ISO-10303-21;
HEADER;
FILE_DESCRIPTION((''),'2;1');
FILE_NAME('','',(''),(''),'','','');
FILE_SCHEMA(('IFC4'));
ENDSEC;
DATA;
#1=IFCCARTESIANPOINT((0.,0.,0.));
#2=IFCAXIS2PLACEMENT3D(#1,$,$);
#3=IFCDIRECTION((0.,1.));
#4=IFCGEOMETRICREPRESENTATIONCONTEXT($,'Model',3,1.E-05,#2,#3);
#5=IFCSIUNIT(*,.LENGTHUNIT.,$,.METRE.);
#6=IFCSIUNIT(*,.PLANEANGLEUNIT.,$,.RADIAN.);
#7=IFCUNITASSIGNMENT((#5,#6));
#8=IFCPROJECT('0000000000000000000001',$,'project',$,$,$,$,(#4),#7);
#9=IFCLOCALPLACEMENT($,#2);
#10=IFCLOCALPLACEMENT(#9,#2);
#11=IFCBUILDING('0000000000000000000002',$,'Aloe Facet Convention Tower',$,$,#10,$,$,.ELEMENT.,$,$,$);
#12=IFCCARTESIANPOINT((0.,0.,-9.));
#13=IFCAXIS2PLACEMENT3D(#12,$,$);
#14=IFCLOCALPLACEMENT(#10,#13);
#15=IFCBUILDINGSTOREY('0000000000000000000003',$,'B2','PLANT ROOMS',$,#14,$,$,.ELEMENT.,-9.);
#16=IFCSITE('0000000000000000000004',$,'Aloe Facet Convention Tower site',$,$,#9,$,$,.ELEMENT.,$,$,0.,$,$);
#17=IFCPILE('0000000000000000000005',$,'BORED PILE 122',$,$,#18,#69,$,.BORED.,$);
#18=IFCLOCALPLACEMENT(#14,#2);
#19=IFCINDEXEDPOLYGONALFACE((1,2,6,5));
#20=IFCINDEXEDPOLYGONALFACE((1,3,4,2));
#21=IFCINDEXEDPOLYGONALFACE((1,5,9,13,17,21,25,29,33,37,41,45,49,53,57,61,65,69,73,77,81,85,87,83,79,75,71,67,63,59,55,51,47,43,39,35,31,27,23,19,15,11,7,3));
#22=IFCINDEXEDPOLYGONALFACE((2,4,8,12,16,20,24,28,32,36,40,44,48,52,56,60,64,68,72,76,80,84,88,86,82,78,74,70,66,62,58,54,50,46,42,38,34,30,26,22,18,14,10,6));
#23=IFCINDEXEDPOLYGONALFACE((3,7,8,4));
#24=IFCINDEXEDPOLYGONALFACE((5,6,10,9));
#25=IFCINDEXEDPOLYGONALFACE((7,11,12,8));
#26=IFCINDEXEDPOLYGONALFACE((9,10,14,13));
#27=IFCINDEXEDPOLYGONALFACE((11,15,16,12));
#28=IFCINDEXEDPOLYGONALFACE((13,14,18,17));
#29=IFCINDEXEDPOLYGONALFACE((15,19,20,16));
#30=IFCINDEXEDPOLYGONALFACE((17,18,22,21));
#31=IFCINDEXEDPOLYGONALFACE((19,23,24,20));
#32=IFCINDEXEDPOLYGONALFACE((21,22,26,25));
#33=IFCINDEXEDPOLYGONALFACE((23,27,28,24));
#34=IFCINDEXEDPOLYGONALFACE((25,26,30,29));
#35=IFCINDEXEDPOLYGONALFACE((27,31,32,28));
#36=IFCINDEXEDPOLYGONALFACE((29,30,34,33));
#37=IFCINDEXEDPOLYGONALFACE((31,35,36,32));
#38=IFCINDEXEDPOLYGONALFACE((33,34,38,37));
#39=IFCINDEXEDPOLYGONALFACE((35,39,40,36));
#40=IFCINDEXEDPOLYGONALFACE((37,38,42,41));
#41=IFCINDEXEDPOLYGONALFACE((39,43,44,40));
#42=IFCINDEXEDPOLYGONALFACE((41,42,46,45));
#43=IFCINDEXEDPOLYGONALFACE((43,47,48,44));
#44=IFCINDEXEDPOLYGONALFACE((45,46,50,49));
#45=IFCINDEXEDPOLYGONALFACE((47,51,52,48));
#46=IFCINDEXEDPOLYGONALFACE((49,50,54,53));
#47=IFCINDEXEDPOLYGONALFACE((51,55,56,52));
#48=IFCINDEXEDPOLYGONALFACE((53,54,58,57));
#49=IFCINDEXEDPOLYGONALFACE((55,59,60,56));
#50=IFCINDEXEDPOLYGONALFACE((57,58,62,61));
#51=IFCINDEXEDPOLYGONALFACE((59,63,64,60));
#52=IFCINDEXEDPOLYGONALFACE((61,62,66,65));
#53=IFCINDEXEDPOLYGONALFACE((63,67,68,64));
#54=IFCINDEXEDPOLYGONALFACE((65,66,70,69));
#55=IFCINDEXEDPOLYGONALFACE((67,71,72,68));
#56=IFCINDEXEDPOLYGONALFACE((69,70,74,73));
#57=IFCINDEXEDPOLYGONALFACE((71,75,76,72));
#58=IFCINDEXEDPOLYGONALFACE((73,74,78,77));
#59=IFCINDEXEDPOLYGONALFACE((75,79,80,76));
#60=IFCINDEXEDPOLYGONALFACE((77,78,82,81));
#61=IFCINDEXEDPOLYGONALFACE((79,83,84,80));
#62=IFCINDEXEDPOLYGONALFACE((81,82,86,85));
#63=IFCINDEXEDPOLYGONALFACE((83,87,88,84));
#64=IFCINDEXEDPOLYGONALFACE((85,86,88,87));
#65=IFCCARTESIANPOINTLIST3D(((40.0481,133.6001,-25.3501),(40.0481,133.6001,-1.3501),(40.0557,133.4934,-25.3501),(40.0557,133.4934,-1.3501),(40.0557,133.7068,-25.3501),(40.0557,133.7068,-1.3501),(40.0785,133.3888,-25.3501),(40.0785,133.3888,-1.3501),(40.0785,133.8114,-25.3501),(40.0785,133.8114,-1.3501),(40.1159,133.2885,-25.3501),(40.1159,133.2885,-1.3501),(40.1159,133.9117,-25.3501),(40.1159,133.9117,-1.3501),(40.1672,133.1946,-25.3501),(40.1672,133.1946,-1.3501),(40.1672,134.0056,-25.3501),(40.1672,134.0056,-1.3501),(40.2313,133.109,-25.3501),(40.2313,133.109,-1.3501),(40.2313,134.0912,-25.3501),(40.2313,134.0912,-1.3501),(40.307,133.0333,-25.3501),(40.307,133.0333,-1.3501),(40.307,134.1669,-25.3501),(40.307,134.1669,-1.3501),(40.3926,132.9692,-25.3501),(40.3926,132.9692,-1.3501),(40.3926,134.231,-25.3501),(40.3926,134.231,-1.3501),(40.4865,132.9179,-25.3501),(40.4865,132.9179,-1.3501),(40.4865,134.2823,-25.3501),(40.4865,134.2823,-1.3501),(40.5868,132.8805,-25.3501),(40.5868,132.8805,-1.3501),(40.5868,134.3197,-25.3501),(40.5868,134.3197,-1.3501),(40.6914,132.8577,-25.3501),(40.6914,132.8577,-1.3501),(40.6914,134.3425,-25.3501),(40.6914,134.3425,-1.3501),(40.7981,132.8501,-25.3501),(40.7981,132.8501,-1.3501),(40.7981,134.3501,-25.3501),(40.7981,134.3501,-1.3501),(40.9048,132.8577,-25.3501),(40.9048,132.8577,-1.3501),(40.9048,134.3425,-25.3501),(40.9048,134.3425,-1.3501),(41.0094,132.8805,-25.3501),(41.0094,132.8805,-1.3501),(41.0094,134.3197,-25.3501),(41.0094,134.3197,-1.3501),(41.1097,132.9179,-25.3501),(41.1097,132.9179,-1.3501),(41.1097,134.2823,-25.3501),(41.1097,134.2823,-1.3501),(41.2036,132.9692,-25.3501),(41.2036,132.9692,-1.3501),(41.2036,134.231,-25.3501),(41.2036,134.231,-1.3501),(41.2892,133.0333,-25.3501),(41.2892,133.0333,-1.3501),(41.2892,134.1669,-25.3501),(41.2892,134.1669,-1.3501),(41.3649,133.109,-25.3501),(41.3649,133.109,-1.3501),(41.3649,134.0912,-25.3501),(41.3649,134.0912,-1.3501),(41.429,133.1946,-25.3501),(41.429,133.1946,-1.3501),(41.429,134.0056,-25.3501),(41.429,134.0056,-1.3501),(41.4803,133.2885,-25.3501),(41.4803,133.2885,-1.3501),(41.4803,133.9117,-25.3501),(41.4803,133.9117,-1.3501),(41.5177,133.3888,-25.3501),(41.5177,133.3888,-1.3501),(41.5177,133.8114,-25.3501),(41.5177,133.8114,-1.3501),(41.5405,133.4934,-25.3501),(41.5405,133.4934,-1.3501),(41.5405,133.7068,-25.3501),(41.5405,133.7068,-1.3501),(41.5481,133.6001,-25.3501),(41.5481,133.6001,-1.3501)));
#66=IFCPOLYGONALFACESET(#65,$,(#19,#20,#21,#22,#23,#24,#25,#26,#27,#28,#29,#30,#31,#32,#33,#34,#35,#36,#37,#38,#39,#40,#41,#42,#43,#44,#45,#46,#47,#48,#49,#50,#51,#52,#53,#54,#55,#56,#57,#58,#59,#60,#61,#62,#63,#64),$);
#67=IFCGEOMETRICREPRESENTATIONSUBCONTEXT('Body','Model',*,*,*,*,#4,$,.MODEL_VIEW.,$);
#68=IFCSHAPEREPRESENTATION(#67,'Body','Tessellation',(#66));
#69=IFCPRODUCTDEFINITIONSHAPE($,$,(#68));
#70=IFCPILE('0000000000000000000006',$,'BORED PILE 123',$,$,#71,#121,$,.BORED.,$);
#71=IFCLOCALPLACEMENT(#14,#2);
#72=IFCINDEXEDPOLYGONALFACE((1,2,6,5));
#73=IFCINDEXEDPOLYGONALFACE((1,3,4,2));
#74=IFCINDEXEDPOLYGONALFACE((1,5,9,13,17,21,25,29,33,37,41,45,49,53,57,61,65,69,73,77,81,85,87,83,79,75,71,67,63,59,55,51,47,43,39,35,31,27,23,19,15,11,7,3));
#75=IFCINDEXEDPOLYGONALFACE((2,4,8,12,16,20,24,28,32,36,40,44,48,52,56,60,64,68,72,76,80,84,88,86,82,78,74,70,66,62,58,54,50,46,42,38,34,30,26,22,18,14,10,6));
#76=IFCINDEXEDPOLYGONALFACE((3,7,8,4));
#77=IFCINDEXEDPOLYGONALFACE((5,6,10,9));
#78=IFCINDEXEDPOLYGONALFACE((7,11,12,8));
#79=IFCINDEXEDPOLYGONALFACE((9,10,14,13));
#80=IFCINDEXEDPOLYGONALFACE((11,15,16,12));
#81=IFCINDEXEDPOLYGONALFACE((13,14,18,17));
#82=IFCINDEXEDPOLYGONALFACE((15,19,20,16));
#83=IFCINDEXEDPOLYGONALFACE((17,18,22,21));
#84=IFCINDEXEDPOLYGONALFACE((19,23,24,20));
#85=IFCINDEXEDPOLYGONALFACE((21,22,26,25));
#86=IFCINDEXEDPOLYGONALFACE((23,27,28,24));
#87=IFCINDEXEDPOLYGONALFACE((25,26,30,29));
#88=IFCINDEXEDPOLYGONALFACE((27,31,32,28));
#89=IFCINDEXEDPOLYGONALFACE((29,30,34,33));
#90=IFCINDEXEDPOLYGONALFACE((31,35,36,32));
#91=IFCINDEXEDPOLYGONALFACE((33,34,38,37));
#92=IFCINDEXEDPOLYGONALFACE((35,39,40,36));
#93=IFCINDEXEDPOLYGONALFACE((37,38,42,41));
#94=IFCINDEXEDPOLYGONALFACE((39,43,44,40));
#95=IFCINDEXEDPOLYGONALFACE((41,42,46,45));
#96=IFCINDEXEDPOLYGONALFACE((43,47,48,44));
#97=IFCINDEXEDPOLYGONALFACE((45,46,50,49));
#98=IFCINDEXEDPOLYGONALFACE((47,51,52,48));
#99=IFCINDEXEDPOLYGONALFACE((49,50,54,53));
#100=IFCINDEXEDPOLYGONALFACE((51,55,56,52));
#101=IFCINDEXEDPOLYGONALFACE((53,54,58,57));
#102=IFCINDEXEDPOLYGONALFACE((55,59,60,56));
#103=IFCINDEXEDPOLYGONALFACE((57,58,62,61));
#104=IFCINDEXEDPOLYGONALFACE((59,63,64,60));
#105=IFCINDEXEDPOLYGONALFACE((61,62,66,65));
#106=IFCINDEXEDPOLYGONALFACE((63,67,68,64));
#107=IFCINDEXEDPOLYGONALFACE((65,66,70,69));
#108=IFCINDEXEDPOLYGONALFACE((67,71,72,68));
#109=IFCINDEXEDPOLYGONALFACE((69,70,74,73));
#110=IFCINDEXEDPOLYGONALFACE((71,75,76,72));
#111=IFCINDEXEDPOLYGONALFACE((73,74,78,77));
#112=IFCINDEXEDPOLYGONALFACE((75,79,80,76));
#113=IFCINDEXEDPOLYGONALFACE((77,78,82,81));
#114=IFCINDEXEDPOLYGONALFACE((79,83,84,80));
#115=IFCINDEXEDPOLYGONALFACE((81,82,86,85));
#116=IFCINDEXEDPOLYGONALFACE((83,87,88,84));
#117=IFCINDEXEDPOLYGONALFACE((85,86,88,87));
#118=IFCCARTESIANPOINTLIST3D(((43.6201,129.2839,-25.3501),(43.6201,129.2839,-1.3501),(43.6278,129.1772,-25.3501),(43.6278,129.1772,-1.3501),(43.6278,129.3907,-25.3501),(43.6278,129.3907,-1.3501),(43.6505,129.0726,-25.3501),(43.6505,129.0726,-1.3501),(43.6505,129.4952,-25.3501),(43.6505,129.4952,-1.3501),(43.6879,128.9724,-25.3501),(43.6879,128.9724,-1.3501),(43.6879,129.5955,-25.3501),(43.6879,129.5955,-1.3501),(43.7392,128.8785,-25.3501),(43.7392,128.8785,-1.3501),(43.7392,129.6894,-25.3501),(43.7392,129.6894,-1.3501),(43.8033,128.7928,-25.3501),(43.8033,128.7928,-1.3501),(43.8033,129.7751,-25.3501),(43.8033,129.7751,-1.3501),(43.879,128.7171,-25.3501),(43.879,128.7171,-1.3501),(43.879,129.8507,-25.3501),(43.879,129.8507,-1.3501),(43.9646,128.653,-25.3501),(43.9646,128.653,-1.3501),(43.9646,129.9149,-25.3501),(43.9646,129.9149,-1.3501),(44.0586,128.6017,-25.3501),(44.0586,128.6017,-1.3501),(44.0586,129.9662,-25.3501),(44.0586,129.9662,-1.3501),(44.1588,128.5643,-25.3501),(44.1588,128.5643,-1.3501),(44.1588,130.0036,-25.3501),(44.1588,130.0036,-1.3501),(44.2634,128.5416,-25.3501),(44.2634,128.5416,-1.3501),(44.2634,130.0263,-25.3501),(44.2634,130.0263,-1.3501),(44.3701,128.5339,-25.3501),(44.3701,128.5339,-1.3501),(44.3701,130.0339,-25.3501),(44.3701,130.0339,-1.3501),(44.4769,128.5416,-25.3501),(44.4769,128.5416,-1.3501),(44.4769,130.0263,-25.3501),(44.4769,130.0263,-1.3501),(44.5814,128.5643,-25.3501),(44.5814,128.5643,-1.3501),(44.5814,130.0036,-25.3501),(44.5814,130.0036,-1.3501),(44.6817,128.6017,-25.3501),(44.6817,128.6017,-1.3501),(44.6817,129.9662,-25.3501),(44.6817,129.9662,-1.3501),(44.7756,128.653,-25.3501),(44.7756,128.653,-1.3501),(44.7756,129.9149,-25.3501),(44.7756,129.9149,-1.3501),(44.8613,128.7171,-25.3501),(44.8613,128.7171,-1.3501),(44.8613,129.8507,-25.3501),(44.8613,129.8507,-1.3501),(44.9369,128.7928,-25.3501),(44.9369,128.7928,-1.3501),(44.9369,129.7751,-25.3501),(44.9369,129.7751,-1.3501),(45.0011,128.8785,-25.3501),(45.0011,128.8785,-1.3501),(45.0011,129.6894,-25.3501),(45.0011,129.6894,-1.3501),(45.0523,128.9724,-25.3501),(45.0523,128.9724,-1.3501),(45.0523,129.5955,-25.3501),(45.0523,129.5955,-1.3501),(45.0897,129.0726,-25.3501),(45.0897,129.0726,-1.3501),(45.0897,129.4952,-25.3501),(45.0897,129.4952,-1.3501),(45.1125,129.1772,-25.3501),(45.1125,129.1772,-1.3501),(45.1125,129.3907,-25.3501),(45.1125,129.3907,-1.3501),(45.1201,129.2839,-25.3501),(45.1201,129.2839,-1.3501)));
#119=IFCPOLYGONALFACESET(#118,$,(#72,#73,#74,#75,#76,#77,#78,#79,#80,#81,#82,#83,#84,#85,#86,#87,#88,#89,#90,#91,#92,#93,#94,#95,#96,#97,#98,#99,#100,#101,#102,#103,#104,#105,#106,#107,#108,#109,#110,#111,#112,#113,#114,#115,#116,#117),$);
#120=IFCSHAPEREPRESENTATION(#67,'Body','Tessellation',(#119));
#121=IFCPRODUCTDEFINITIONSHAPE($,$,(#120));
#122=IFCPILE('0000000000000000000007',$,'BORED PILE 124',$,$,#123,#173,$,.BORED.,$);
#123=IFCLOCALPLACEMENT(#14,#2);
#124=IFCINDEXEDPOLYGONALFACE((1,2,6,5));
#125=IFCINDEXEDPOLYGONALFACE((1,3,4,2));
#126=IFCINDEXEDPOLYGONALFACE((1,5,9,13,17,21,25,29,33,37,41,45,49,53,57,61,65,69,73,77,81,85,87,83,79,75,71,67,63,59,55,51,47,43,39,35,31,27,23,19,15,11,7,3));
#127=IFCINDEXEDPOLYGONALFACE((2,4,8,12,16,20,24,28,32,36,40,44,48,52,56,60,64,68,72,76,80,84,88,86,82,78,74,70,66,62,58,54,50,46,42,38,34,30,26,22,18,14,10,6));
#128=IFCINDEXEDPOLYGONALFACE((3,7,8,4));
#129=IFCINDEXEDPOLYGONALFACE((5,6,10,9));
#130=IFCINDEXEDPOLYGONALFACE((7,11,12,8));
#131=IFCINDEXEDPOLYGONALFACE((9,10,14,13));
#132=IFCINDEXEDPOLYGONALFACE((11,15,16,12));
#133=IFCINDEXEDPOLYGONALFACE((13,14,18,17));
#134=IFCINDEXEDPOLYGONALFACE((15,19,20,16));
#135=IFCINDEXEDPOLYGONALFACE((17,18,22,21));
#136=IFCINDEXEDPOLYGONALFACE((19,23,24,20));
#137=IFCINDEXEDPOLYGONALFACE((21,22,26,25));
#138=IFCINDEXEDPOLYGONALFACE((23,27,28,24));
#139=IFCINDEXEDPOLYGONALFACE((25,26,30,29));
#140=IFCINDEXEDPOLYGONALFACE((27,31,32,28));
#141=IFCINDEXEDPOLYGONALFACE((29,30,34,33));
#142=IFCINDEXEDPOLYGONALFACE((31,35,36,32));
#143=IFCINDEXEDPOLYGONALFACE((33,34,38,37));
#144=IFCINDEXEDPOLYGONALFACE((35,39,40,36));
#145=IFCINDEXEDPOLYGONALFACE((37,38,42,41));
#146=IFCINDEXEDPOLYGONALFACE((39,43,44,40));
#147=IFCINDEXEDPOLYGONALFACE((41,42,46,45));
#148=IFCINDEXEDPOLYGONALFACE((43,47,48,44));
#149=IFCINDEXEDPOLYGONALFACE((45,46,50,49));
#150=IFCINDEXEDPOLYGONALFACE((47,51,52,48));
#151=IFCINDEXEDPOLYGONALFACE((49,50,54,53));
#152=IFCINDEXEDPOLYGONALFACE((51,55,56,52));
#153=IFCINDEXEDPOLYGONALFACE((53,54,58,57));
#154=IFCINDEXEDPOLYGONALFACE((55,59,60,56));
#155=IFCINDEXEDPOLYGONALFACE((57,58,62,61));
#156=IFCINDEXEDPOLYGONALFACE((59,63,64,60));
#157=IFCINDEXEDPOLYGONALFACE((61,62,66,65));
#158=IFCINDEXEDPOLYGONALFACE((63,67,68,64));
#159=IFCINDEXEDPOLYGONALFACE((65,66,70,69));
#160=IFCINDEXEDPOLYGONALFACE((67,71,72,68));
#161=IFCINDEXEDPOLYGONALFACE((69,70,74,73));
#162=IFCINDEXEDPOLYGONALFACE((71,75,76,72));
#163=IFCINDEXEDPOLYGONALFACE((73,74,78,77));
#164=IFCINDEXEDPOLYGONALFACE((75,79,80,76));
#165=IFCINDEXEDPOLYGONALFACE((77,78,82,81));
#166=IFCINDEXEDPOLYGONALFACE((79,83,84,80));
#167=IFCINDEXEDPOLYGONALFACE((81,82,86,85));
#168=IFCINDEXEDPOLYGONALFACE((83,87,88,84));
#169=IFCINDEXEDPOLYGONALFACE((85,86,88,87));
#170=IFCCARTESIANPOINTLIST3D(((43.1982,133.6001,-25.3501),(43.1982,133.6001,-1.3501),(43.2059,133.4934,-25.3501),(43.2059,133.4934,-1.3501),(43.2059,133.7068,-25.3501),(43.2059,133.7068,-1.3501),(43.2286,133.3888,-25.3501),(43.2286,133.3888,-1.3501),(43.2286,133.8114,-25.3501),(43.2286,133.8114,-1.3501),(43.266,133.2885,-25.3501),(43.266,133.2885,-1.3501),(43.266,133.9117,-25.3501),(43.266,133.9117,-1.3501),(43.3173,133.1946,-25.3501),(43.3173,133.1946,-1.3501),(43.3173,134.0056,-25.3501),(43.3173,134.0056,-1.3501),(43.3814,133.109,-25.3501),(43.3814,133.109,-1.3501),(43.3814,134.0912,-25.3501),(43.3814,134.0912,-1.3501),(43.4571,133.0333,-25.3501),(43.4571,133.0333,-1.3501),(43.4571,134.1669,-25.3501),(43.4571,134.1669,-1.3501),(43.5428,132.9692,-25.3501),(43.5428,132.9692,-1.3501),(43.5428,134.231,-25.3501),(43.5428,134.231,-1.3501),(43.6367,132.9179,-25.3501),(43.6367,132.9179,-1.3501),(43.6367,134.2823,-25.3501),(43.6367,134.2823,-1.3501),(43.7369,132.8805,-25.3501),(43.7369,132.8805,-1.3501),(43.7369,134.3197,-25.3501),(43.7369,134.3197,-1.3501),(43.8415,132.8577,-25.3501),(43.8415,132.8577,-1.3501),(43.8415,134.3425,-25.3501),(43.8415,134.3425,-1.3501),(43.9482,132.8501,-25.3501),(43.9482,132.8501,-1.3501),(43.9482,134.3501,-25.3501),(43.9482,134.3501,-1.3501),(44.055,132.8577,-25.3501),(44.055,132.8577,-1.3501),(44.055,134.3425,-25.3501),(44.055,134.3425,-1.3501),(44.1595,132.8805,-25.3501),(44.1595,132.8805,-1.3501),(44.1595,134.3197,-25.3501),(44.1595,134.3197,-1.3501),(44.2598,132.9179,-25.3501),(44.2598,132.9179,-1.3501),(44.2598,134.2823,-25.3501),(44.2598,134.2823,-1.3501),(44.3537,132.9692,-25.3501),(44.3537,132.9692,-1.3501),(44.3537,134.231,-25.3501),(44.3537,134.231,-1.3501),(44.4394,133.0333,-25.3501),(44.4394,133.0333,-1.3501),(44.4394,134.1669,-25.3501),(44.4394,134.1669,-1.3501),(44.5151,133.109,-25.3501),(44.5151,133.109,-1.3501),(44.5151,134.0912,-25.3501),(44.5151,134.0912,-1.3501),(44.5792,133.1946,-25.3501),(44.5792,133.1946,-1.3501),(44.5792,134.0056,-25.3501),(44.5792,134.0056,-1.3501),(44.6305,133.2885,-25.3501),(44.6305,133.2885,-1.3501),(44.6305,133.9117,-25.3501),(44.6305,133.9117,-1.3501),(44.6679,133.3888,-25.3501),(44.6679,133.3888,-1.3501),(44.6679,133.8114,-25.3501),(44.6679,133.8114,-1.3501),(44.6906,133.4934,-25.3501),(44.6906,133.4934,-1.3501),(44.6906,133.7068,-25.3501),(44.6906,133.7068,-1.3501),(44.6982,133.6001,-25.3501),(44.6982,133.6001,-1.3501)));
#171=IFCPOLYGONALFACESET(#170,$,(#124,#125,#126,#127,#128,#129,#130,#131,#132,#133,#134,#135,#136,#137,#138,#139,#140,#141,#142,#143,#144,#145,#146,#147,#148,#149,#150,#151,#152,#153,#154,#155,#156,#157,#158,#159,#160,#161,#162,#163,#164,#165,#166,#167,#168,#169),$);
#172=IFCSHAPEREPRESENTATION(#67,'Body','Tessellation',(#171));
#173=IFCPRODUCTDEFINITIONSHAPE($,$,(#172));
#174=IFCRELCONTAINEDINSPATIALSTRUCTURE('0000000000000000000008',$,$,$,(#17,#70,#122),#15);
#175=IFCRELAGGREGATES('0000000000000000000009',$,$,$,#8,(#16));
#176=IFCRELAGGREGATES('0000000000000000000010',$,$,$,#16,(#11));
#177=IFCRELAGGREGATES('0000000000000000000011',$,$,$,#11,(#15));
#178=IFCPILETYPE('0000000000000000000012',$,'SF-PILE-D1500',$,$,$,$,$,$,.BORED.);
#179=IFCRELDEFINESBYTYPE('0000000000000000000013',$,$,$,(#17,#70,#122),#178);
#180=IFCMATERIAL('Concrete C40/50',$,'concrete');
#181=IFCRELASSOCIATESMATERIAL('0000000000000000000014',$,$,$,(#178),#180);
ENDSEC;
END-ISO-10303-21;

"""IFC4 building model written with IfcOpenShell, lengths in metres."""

from ifc_helpers import new_model, si_unit, direction, frame, origin, origin_2d, place, context, subcontext, project, spatial, circle, extrude, material, material_profile, profile_set, type_object, element, save


model = new_model("IFC4")

# Units and contexts
model_context = context("Model", 3, precision=1e-05, world=origin(), true_north=direction((0.0, 1.0)))
body_context = subcontext(model_context, "Body", "Model", "MODEL_VIEW")
ifc_project = project(units=[si_unit("LENGTHUNIT", "METRE"), si_unit("PLANEANGLEUNIT", "RADIAN")], contexts=[model_context])

# Site, building, storey
site_placement = place(None, origin())
site = spatial("IfcSite", under=ifc_project, at=site_placement, Name="Aloe Facet Convention Tower site", CompositionType="ELEMENT", RefElevation=0.0)
building_placement = place(site_placement, origin())
building = spatial("IfcBuilding", under=site, at=building_placement, Name="Aloe Facet Convention Tower", CompositionType="ELEMENT")
storey_placement = place(building_placement, frame((0.0, 0.0, -9.0)))
storey = spatial("IfcBuildingStorey", under=building, at=storey_placement, Name="B2", Description="PLANT ROOMS", CompositionType="ELEMENT", Elevation=-9.0)

# Piles
ifc_material_1 = material(Name="Concrete C40/50", Category="concrete")
ifc_material_profile_1 = material_profile(ifc_material_1, circle(Radius=0.75, at=origin_2d()), Name="D1500")
ifc_profile_set_1 = profile_set([ifc_material_profile_1], Name="Concrete C40/50")
pile_type = type_object("IfcPileType", Name="SF-PILE-D1500", PredefinedType="BORED", material=ifc_profile_set_1)
for number, where, z_axis, x_axis, name in (
    (1, (40.7981, 133.6001, -1.3501), (0.0, 0.0, -1.0), (1.0, 0.0, 0.0), "BORED PILE 122"),
    (2, (44.3701, 129.2839, -1.3501), (0.0, 0.0, -1.0), (1.0, 0.0, 0.0), "BORED PILE 123"),
    (3, (43.9482, 133.6001, -1.3501), (0.0, 0.0, -1.0), (1.0, 0.0, 0.0), "BORED PILE 124"),
):
    element("IfcPile", number, at=place(storey_placement, frame(where, z_axis=z_axis, x_axis=x_axis)), inside=storey, type_object=pile_type, Name=name, PredefinedType="BORED", context=body_context, shape_type="SweptSolid", body=[
        extrude(circle(Radius=0.75, at=origin_2d()), origin(), (0.0, 0.0, 1.0), 24.0),
    ])

save(model, "model.ifc")
